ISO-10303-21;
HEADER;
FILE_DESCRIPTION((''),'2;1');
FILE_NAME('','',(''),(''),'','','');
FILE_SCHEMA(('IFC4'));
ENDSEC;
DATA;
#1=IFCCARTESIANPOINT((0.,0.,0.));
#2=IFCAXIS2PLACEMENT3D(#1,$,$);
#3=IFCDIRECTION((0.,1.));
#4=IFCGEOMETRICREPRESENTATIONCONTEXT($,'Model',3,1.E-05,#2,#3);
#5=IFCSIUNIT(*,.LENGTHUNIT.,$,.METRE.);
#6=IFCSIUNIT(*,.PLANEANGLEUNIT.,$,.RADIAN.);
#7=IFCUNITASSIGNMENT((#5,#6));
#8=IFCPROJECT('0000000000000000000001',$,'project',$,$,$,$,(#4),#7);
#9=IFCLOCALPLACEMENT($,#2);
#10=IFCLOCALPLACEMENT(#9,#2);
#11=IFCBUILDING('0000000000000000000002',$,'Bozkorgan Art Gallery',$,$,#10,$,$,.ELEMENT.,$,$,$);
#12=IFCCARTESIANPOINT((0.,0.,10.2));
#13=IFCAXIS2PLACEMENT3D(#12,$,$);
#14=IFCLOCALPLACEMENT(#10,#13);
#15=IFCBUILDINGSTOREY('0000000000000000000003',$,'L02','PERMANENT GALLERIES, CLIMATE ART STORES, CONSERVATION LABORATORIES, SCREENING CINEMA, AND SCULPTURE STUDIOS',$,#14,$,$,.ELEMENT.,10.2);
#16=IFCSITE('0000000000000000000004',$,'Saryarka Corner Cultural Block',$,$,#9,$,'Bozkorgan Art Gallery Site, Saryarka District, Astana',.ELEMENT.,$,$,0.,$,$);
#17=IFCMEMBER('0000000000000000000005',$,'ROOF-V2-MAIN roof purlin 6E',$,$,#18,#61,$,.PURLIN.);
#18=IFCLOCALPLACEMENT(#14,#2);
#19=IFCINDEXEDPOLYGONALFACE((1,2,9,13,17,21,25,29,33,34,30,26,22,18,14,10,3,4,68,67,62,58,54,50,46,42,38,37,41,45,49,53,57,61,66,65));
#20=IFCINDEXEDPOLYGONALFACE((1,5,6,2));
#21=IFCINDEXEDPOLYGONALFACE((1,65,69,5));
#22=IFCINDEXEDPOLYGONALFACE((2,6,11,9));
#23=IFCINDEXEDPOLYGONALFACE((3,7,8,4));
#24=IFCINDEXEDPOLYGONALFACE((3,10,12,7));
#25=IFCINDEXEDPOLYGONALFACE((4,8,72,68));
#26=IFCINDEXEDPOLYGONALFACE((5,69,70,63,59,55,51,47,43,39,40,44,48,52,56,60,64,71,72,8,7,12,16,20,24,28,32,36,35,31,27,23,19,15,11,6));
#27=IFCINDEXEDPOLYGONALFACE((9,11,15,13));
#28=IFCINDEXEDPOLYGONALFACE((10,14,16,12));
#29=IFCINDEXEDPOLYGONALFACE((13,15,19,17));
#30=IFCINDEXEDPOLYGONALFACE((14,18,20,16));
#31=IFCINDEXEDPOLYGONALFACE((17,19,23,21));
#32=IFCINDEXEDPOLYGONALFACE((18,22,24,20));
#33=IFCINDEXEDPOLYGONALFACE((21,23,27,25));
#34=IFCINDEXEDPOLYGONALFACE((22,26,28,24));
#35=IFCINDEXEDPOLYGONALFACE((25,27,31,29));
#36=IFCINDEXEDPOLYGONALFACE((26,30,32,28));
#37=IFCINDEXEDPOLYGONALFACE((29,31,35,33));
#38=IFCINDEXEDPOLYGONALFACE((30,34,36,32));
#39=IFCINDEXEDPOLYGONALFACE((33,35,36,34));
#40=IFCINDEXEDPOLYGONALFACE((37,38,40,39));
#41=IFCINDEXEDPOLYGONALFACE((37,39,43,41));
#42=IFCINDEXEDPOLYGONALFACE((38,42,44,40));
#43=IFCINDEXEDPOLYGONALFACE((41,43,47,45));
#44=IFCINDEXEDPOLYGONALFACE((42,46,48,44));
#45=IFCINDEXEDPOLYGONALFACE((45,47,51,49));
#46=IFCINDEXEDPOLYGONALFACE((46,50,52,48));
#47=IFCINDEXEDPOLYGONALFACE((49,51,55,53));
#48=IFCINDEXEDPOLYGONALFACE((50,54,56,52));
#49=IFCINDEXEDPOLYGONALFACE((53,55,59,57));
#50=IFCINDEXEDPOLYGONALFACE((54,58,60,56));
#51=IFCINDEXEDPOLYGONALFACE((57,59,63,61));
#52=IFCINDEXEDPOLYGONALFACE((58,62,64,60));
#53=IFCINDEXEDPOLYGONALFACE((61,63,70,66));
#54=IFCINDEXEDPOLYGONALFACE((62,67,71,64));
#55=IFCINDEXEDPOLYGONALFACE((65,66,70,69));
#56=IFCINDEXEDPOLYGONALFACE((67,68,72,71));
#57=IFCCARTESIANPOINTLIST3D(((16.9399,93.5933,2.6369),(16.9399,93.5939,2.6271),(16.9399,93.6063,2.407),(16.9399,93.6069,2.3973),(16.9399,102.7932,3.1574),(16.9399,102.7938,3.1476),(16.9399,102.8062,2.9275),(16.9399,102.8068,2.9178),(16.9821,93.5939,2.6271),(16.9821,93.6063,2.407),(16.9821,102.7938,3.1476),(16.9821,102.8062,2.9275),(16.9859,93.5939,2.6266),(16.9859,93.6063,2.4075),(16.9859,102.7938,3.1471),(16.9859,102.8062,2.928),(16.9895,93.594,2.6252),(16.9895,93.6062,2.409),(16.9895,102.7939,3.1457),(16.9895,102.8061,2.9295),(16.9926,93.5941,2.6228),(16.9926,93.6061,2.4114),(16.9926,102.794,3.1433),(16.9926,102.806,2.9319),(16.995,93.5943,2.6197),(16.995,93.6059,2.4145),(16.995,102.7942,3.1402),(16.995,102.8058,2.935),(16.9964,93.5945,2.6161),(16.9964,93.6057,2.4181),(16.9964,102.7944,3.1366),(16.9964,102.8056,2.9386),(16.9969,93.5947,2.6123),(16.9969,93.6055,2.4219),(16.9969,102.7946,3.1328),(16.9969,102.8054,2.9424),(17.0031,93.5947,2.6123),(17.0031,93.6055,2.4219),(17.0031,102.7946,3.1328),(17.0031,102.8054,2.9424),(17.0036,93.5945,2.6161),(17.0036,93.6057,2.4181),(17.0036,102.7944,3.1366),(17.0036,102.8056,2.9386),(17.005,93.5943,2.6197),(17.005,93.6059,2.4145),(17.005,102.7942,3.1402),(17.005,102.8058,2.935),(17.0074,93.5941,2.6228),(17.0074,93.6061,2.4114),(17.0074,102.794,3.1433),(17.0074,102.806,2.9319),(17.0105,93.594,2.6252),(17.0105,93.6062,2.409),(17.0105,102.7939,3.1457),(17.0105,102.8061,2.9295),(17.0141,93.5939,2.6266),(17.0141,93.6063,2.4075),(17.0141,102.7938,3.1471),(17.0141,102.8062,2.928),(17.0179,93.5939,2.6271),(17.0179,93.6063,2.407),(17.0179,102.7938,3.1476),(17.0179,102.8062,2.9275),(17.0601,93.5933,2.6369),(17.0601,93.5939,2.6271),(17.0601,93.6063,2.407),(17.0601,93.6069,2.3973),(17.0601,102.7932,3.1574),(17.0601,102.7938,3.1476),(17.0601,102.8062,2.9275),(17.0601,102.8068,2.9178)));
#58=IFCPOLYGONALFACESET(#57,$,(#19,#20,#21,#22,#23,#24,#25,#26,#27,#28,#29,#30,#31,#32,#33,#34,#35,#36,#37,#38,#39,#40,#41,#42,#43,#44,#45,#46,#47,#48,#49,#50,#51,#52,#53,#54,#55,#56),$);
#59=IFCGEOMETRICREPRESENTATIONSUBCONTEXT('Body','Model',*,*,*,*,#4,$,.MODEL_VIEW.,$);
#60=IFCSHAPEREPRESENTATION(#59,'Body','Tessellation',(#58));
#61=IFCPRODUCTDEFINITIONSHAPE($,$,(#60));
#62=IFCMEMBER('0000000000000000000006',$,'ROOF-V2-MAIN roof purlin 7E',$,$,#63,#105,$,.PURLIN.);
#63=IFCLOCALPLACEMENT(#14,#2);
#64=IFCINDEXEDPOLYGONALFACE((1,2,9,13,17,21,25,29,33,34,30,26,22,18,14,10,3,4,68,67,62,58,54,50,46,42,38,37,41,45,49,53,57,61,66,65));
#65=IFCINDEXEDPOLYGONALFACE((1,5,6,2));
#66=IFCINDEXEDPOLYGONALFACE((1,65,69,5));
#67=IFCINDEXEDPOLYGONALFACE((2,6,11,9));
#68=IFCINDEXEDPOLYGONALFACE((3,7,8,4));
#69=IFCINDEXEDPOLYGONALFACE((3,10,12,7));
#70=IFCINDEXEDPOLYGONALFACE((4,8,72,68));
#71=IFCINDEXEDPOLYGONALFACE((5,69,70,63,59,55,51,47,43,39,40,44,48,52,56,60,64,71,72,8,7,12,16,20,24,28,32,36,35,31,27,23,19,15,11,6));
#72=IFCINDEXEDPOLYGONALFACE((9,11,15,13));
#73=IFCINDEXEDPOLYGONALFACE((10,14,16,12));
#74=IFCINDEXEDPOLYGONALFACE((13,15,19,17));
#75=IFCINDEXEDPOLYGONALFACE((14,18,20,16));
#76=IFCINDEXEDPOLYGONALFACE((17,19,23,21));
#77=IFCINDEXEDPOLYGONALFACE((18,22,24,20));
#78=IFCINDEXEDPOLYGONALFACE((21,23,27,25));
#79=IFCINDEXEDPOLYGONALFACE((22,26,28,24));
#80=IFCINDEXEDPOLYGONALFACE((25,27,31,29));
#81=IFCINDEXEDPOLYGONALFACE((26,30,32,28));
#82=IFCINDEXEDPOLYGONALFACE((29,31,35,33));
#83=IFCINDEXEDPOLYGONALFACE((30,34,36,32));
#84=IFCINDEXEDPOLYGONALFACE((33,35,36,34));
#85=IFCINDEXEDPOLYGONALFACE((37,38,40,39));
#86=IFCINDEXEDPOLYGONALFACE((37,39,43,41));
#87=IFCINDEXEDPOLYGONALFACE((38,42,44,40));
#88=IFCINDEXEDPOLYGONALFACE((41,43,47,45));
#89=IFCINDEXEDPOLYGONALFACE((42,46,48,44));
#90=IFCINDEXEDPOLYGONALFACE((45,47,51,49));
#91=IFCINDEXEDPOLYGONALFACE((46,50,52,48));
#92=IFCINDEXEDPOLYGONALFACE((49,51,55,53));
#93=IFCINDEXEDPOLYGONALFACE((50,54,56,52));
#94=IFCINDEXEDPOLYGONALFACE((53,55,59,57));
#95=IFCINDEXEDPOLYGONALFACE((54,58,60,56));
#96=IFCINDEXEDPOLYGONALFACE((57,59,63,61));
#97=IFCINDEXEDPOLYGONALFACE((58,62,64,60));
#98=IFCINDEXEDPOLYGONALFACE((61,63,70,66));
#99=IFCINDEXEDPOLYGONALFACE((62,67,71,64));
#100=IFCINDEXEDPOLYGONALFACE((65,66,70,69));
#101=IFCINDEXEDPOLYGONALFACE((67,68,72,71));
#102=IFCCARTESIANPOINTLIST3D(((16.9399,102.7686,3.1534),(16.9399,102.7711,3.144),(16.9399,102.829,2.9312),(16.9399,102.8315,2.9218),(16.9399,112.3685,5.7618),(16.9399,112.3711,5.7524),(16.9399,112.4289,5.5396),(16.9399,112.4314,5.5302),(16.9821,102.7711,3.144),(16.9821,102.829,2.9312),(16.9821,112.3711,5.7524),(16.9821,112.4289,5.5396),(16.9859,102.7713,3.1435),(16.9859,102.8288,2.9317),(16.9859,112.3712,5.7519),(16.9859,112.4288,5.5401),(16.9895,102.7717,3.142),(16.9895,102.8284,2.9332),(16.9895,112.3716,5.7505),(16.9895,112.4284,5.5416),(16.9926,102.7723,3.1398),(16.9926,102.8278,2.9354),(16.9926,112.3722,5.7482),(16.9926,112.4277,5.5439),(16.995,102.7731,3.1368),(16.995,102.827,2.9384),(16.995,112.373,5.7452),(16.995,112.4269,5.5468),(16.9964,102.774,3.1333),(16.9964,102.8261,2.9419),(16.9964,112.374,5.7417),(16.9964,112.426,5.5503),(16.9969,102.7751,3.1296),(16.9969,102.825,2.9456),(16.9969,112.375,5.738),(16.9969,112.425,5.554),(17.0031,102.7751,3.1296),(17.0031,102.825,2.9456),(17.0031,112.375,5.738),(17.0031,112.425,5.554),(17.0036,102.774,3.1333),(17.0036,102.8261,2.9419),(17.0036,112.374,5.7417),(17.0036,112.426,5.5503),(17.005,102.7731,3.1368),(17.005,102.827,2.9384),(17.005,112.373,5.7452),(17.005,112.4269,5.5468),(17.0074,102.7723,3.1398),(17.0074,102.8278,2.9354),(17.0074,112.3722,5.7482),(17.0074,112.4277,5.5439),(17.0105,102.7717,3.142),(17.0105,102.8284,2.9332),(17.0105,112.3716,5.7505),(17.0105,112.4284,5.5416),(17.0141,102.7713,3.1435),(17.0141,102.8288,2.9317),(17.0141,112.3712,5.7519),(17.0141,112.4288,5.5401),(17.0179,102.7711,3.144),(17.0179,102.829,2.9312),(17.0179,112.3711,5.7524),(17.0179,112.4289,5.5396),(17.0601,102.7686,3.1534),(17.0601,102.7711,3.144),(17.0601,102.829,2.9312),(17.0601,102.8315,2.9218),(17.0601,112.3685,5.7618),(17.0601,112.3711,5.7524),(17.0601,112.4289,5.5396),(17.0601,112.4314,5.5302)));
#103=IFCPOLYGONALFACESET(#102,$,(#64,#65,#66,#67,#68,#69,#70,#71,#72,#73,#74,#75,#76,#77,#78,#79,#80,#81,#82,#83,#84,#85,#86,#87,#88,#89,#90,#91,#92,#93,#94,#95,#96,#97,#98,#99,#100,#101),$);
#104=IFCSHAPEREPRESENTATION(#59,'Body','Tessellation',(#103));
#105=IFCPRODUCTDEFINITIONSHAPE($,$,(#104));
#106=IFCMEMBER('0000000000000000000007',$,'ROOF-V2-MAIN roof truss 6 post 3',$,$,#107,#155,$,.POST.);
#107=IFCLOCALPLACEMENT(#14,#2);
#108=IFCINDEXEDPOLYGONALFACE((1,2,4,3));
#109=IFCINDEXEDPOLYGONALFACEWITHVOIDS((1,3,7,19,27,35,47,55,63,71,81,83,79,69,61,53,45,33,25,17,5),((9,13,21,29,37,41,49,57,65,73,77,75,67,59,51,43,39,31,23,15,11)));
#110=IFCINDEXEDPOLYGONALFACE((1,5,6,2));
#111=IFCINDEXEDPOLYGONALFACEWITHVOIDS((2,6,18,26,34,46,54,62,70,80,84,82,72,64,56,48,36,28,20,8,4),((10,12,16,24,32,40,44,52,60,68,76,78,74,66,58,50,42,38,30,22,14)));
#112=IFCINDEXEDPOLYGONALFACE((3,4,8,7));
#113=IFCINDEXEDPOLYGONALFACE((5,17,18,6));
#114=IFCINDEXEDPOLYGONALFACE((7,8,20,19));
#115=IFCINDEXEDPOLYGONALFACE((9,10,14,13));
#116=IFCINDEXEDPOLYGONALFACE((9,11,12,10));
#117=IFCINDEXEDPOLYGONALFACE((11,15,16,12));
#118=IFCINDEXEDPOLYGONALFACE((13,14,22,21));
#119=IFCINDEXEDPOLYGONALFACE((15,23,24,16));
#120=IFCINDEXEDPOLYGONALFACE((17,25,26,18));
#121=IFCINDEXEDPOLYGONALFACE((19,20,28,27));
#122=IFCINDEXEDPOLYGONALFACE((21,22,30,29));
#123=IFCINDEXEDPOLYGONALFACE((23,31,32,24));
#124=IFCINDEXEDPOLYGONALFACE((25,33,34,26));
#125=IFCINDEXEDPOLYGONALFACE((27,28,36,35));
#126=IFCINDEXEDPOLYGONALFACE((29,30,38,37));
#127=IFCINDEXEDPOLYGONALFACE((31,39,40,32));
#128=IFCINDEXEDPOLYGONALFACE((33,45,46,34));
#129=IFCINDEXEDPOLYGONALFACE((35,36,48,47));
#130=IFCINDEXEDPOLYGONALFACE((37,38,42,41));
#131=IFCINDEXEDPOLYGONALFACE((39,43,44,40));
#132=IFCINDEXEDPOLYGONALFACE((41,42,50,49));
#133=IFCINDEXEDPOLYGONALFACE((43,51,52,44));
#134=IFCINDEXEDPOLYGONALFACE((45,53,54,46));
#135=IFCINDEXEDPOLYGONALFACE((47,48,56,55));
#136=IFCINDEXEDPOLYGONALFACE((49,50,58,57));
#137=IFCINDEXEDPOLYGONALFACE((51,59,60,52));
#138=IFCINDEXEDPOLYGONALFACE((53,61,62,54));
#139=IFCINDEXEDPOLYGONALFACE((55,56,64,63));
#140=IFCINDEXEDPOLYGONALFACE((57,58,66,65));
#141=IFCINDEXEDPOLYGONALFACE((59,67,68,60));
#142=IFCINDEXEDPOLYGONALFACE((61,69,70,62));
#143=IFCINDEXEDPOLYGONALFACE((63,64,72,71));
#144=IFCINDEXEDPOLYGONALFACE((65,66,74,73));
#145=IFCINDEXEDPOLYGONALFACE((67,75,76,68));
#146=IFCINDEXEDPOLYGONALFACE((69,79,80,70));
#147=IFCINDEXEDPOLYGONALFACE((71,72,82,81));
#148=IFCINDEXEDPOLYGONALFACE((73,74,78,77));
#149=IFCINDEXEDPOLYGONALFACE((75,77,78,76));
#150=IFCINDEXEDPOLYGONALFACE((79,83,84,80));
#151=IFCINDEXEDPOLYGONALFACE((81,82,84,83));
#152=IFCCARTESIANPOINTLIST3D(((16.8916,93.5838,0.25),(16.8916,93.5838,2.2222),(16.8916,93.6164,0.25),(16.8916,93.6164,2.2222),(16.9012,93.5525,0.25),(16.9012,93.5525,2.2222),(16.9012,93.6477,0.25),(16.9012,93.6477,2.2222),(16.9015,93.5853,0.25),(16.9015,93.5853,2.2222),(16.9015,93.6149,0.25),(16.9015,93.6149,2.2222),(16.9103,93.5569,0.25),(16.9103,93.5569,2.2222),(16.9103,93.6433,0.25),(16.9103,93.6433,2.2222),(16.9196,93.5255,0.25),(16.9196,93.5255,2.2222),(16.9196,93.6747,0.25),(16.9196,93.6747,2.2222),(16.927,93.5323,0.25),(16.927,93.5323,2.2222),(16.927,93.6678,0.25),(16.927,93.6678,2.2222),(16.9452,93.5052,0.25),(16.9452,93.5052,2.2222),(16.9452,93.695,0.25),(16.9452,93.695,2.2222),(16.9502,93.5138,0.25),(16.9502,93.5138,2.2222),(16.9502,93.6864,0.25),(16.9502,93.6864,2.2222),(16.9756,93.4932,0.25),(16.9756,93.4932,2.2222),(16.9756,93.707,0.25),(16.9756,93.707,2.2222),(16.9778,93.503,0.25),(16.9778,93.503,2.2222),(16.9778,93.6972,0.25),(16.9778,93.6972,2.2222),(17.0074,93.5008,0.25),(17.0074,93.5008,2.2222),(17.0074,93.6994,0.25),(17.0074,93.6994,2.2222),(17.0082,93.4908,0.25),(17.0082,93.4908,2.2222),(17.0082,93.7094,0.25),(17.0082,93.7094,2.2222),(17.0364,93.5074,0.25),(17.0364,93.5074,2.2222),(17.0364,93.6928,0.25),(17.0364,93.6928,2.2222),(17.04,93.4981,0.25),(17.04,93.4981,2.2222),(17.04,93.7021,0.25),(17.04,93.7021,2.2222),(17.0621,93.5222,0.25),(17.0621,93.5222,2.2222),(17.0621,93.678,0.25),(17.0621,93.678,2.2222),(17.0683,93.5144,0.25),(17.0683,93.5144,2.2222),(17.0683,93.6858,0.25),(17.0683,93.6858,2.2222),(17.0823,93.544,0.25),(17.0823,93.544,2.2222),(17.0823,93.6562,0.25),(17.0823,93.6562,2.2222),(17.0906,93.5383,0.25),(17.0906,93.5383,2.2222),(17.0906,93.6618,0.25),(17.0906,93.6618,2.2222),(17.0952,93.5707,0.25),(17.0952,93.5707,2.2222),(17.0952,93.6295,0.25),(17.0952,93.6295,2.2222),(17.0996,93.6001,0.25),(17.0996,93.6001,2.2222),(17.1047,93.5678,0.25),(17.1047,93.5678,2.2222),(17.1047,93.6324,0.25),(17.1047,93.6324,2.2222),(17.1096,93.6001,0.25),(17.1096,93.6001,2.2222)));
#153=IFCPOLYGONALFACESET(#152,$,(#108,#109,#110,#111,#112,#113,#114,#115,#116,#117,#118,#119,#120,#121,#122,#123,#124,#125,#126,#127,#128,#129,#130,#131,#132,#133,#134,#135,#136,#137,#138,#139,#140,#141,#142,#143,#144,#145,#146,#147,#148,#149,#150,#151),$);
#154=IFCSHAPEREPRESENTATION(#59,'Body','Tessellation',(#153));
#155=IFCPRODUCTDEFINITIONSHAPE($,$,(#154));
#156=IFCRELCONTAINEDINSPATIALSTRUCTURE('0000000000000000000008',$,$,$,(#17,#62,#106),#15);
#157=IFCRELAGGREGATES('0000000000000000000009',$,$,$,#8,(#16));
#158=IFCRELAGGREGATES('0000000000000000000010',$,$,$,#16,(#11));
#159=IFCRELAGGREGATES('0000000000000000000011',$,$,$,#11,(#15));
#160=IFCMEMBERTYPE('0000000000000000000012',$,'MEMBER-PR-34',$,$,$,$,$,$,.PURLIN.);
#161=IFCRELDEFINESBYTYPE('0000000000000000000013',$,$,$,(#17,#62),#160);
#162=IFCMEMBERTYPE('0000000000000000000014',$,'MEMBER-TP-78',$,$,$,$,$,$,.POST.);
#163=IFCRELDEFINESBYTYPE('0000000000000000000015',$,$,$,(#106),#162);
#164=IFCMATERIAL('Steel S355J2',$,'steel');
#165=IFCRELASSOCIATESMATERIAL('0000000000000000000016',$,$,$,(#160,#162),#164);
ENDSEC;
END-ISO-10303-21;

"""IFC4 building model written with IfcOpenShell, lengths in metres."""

from ifc_helpers import new_model, si_unit, direction, frame, origin, origin_2d, place, context, subcontext, project, spatial, hollow_circle, i_section, extrude, material, material_profile, profile_set, type_object, element, save


model = new_model("IFC4")

# Units and contexts
model_context = context("Model", 3, precision=1e-05, world=origin(), true_north=direction((0.0, 1.0)))
body_context = subcontext(model_context, "Body", "Model", "MODEL_VIEW")
ifc_project = project(units=[si_unit("LENGTHUNIT", "METRE"), si_unit("PLANEANGLEUNIT", "RADIAN")], contexts=[model_context])

# Site, building, storey
site_placement = place(None, origin())
site = spatial("IfcSite", under=ifc_project, at=site_placement, Name="Saryarka Corner Cultural Block", LongName="Bozkorgan Art Gallery Site, Saryarka District, Astana", CompositionType="ELEMENT", RefElevation=0.0)
building_placement = place(site_placement, origin())
building = spatial("IfcBuilding", under=site, at=building_placement, Name="Bozkorgan Art Gallery", CompositionType="ELEMENT")
storey_placement = place(building_placement, frame((0.0, 0.0, 10.2)))
storey = spatial("IfcBuildingStorey", under=building, at=storey_placement, Name="L02", Description="PERMANENT GALLERIES, CLIMATE ART STORES, CONSERVATION LABORATORIES, SCREENING CINEMA, AND SCULPTURE STUDIOS", CompositionType="ELEMENT", Elevation=10.2)

# Members
ifc_material = material(Name="Steel S355J2", Category="steel")
ifc_material_profile_1 = material_profile(ifc_material, i_section(OverallWidth=0.1201, OverallDepth=0.24, WebThickness=0.0061, FlangeThickness=0.0098, FilletRadius=0.0149, at=origin_2d()), Name="IPE 240")
ifc_profile_set_1 = profile_set([ifc_material_profile_1], Name="Steel S355J2")
member_type_1 = type_object("IfcMemberType", Name="MEMBER-PR-34", PredefinedType="PURLIN", material=ifc_profile_set_1)
member_1_placement = place(storey_placement, frame((17.0, 93.6001, 2.5171), z_axis=(0.0, 0.998403, 0.056487), x_axis=(-1.0, 0.0, 0.0)))
element("IfcMember", 1, at=member_1_placement, inside=storey, type_object=member_type_1, Name="ROOF-V2-MAIN roof purlin 6E", PredefinedType="PURLIN", context=body_context, shape_type="SweptSolid", body=[
    extrude(i_section(OverallWidth=0.1201, OverallDepth=0.24, WebThickness=0.0061, FlangeThickness=0.0098, FilletRadius=0.0149, at=origin_2d()), origin(), (0.0, 0.0, 1.0), 9.2146),
])
member_2_placement = place(storey_placement, frame((17.0, 102.8, 3.0376), z_axis=(0.0, 0.965012, 0.262206), x_axis=(-1.0, 0.0, 0.0)))
element("IfcMember", 2, at=member_2_placement, inside=storey, type_object=member_type_1, Name="ROOF-V2-MAIN roof purlin 7E", PredefinedType="PURLIN", context=body_context, shape_type="SweptSolid", body=[
    extrude(i_section(OverallWidth=0.1201, OverallDepth=0.24, WebThickness=0.0061, FlangeThickness=0.0098, FilletRadius=0.0149, at=origin_2d()), origin(), (0.0, 0.0, 1.0), 9.948),
])
ifc_material_profile_2 = material_profile(ifc_material, hollow_circle(Radius=0.1096, WallThickness=0.01, at=origin_2d()), Name="CHS 219.1x10")
ifc_profile_set_2 = profile_set([ifc_material_profile_2], Name="Steel S355J2")
member_type_2 = type_object("IfcMemberType", Name="MEMBER-TP-78", PredefinedType="POST", material=ifc_profile_set_2)
member_3_placement = place(storey_placement, frame((17.0, 93.6001, 0.25), z_axis=(0.0, 0.0, 1.0), x_axis=(1.0, 0.0, 0.0)))
element("IfcMember", 3, at=member_3_placement, inside=storey, type_object=member_type_2, Name="ROOF-V2-MAIN roof truss 6 post 3", PredefinedType="POST", context=body_context, shape_type="SweptSolid", body=[
    extrude(hollow_circle(Radius=0.1096, WallThickness=0.01, at=origin_2d()), origin(), (0.0, 0.0, 1.0), 1.9722),
])

save(model, "model.ifc")
